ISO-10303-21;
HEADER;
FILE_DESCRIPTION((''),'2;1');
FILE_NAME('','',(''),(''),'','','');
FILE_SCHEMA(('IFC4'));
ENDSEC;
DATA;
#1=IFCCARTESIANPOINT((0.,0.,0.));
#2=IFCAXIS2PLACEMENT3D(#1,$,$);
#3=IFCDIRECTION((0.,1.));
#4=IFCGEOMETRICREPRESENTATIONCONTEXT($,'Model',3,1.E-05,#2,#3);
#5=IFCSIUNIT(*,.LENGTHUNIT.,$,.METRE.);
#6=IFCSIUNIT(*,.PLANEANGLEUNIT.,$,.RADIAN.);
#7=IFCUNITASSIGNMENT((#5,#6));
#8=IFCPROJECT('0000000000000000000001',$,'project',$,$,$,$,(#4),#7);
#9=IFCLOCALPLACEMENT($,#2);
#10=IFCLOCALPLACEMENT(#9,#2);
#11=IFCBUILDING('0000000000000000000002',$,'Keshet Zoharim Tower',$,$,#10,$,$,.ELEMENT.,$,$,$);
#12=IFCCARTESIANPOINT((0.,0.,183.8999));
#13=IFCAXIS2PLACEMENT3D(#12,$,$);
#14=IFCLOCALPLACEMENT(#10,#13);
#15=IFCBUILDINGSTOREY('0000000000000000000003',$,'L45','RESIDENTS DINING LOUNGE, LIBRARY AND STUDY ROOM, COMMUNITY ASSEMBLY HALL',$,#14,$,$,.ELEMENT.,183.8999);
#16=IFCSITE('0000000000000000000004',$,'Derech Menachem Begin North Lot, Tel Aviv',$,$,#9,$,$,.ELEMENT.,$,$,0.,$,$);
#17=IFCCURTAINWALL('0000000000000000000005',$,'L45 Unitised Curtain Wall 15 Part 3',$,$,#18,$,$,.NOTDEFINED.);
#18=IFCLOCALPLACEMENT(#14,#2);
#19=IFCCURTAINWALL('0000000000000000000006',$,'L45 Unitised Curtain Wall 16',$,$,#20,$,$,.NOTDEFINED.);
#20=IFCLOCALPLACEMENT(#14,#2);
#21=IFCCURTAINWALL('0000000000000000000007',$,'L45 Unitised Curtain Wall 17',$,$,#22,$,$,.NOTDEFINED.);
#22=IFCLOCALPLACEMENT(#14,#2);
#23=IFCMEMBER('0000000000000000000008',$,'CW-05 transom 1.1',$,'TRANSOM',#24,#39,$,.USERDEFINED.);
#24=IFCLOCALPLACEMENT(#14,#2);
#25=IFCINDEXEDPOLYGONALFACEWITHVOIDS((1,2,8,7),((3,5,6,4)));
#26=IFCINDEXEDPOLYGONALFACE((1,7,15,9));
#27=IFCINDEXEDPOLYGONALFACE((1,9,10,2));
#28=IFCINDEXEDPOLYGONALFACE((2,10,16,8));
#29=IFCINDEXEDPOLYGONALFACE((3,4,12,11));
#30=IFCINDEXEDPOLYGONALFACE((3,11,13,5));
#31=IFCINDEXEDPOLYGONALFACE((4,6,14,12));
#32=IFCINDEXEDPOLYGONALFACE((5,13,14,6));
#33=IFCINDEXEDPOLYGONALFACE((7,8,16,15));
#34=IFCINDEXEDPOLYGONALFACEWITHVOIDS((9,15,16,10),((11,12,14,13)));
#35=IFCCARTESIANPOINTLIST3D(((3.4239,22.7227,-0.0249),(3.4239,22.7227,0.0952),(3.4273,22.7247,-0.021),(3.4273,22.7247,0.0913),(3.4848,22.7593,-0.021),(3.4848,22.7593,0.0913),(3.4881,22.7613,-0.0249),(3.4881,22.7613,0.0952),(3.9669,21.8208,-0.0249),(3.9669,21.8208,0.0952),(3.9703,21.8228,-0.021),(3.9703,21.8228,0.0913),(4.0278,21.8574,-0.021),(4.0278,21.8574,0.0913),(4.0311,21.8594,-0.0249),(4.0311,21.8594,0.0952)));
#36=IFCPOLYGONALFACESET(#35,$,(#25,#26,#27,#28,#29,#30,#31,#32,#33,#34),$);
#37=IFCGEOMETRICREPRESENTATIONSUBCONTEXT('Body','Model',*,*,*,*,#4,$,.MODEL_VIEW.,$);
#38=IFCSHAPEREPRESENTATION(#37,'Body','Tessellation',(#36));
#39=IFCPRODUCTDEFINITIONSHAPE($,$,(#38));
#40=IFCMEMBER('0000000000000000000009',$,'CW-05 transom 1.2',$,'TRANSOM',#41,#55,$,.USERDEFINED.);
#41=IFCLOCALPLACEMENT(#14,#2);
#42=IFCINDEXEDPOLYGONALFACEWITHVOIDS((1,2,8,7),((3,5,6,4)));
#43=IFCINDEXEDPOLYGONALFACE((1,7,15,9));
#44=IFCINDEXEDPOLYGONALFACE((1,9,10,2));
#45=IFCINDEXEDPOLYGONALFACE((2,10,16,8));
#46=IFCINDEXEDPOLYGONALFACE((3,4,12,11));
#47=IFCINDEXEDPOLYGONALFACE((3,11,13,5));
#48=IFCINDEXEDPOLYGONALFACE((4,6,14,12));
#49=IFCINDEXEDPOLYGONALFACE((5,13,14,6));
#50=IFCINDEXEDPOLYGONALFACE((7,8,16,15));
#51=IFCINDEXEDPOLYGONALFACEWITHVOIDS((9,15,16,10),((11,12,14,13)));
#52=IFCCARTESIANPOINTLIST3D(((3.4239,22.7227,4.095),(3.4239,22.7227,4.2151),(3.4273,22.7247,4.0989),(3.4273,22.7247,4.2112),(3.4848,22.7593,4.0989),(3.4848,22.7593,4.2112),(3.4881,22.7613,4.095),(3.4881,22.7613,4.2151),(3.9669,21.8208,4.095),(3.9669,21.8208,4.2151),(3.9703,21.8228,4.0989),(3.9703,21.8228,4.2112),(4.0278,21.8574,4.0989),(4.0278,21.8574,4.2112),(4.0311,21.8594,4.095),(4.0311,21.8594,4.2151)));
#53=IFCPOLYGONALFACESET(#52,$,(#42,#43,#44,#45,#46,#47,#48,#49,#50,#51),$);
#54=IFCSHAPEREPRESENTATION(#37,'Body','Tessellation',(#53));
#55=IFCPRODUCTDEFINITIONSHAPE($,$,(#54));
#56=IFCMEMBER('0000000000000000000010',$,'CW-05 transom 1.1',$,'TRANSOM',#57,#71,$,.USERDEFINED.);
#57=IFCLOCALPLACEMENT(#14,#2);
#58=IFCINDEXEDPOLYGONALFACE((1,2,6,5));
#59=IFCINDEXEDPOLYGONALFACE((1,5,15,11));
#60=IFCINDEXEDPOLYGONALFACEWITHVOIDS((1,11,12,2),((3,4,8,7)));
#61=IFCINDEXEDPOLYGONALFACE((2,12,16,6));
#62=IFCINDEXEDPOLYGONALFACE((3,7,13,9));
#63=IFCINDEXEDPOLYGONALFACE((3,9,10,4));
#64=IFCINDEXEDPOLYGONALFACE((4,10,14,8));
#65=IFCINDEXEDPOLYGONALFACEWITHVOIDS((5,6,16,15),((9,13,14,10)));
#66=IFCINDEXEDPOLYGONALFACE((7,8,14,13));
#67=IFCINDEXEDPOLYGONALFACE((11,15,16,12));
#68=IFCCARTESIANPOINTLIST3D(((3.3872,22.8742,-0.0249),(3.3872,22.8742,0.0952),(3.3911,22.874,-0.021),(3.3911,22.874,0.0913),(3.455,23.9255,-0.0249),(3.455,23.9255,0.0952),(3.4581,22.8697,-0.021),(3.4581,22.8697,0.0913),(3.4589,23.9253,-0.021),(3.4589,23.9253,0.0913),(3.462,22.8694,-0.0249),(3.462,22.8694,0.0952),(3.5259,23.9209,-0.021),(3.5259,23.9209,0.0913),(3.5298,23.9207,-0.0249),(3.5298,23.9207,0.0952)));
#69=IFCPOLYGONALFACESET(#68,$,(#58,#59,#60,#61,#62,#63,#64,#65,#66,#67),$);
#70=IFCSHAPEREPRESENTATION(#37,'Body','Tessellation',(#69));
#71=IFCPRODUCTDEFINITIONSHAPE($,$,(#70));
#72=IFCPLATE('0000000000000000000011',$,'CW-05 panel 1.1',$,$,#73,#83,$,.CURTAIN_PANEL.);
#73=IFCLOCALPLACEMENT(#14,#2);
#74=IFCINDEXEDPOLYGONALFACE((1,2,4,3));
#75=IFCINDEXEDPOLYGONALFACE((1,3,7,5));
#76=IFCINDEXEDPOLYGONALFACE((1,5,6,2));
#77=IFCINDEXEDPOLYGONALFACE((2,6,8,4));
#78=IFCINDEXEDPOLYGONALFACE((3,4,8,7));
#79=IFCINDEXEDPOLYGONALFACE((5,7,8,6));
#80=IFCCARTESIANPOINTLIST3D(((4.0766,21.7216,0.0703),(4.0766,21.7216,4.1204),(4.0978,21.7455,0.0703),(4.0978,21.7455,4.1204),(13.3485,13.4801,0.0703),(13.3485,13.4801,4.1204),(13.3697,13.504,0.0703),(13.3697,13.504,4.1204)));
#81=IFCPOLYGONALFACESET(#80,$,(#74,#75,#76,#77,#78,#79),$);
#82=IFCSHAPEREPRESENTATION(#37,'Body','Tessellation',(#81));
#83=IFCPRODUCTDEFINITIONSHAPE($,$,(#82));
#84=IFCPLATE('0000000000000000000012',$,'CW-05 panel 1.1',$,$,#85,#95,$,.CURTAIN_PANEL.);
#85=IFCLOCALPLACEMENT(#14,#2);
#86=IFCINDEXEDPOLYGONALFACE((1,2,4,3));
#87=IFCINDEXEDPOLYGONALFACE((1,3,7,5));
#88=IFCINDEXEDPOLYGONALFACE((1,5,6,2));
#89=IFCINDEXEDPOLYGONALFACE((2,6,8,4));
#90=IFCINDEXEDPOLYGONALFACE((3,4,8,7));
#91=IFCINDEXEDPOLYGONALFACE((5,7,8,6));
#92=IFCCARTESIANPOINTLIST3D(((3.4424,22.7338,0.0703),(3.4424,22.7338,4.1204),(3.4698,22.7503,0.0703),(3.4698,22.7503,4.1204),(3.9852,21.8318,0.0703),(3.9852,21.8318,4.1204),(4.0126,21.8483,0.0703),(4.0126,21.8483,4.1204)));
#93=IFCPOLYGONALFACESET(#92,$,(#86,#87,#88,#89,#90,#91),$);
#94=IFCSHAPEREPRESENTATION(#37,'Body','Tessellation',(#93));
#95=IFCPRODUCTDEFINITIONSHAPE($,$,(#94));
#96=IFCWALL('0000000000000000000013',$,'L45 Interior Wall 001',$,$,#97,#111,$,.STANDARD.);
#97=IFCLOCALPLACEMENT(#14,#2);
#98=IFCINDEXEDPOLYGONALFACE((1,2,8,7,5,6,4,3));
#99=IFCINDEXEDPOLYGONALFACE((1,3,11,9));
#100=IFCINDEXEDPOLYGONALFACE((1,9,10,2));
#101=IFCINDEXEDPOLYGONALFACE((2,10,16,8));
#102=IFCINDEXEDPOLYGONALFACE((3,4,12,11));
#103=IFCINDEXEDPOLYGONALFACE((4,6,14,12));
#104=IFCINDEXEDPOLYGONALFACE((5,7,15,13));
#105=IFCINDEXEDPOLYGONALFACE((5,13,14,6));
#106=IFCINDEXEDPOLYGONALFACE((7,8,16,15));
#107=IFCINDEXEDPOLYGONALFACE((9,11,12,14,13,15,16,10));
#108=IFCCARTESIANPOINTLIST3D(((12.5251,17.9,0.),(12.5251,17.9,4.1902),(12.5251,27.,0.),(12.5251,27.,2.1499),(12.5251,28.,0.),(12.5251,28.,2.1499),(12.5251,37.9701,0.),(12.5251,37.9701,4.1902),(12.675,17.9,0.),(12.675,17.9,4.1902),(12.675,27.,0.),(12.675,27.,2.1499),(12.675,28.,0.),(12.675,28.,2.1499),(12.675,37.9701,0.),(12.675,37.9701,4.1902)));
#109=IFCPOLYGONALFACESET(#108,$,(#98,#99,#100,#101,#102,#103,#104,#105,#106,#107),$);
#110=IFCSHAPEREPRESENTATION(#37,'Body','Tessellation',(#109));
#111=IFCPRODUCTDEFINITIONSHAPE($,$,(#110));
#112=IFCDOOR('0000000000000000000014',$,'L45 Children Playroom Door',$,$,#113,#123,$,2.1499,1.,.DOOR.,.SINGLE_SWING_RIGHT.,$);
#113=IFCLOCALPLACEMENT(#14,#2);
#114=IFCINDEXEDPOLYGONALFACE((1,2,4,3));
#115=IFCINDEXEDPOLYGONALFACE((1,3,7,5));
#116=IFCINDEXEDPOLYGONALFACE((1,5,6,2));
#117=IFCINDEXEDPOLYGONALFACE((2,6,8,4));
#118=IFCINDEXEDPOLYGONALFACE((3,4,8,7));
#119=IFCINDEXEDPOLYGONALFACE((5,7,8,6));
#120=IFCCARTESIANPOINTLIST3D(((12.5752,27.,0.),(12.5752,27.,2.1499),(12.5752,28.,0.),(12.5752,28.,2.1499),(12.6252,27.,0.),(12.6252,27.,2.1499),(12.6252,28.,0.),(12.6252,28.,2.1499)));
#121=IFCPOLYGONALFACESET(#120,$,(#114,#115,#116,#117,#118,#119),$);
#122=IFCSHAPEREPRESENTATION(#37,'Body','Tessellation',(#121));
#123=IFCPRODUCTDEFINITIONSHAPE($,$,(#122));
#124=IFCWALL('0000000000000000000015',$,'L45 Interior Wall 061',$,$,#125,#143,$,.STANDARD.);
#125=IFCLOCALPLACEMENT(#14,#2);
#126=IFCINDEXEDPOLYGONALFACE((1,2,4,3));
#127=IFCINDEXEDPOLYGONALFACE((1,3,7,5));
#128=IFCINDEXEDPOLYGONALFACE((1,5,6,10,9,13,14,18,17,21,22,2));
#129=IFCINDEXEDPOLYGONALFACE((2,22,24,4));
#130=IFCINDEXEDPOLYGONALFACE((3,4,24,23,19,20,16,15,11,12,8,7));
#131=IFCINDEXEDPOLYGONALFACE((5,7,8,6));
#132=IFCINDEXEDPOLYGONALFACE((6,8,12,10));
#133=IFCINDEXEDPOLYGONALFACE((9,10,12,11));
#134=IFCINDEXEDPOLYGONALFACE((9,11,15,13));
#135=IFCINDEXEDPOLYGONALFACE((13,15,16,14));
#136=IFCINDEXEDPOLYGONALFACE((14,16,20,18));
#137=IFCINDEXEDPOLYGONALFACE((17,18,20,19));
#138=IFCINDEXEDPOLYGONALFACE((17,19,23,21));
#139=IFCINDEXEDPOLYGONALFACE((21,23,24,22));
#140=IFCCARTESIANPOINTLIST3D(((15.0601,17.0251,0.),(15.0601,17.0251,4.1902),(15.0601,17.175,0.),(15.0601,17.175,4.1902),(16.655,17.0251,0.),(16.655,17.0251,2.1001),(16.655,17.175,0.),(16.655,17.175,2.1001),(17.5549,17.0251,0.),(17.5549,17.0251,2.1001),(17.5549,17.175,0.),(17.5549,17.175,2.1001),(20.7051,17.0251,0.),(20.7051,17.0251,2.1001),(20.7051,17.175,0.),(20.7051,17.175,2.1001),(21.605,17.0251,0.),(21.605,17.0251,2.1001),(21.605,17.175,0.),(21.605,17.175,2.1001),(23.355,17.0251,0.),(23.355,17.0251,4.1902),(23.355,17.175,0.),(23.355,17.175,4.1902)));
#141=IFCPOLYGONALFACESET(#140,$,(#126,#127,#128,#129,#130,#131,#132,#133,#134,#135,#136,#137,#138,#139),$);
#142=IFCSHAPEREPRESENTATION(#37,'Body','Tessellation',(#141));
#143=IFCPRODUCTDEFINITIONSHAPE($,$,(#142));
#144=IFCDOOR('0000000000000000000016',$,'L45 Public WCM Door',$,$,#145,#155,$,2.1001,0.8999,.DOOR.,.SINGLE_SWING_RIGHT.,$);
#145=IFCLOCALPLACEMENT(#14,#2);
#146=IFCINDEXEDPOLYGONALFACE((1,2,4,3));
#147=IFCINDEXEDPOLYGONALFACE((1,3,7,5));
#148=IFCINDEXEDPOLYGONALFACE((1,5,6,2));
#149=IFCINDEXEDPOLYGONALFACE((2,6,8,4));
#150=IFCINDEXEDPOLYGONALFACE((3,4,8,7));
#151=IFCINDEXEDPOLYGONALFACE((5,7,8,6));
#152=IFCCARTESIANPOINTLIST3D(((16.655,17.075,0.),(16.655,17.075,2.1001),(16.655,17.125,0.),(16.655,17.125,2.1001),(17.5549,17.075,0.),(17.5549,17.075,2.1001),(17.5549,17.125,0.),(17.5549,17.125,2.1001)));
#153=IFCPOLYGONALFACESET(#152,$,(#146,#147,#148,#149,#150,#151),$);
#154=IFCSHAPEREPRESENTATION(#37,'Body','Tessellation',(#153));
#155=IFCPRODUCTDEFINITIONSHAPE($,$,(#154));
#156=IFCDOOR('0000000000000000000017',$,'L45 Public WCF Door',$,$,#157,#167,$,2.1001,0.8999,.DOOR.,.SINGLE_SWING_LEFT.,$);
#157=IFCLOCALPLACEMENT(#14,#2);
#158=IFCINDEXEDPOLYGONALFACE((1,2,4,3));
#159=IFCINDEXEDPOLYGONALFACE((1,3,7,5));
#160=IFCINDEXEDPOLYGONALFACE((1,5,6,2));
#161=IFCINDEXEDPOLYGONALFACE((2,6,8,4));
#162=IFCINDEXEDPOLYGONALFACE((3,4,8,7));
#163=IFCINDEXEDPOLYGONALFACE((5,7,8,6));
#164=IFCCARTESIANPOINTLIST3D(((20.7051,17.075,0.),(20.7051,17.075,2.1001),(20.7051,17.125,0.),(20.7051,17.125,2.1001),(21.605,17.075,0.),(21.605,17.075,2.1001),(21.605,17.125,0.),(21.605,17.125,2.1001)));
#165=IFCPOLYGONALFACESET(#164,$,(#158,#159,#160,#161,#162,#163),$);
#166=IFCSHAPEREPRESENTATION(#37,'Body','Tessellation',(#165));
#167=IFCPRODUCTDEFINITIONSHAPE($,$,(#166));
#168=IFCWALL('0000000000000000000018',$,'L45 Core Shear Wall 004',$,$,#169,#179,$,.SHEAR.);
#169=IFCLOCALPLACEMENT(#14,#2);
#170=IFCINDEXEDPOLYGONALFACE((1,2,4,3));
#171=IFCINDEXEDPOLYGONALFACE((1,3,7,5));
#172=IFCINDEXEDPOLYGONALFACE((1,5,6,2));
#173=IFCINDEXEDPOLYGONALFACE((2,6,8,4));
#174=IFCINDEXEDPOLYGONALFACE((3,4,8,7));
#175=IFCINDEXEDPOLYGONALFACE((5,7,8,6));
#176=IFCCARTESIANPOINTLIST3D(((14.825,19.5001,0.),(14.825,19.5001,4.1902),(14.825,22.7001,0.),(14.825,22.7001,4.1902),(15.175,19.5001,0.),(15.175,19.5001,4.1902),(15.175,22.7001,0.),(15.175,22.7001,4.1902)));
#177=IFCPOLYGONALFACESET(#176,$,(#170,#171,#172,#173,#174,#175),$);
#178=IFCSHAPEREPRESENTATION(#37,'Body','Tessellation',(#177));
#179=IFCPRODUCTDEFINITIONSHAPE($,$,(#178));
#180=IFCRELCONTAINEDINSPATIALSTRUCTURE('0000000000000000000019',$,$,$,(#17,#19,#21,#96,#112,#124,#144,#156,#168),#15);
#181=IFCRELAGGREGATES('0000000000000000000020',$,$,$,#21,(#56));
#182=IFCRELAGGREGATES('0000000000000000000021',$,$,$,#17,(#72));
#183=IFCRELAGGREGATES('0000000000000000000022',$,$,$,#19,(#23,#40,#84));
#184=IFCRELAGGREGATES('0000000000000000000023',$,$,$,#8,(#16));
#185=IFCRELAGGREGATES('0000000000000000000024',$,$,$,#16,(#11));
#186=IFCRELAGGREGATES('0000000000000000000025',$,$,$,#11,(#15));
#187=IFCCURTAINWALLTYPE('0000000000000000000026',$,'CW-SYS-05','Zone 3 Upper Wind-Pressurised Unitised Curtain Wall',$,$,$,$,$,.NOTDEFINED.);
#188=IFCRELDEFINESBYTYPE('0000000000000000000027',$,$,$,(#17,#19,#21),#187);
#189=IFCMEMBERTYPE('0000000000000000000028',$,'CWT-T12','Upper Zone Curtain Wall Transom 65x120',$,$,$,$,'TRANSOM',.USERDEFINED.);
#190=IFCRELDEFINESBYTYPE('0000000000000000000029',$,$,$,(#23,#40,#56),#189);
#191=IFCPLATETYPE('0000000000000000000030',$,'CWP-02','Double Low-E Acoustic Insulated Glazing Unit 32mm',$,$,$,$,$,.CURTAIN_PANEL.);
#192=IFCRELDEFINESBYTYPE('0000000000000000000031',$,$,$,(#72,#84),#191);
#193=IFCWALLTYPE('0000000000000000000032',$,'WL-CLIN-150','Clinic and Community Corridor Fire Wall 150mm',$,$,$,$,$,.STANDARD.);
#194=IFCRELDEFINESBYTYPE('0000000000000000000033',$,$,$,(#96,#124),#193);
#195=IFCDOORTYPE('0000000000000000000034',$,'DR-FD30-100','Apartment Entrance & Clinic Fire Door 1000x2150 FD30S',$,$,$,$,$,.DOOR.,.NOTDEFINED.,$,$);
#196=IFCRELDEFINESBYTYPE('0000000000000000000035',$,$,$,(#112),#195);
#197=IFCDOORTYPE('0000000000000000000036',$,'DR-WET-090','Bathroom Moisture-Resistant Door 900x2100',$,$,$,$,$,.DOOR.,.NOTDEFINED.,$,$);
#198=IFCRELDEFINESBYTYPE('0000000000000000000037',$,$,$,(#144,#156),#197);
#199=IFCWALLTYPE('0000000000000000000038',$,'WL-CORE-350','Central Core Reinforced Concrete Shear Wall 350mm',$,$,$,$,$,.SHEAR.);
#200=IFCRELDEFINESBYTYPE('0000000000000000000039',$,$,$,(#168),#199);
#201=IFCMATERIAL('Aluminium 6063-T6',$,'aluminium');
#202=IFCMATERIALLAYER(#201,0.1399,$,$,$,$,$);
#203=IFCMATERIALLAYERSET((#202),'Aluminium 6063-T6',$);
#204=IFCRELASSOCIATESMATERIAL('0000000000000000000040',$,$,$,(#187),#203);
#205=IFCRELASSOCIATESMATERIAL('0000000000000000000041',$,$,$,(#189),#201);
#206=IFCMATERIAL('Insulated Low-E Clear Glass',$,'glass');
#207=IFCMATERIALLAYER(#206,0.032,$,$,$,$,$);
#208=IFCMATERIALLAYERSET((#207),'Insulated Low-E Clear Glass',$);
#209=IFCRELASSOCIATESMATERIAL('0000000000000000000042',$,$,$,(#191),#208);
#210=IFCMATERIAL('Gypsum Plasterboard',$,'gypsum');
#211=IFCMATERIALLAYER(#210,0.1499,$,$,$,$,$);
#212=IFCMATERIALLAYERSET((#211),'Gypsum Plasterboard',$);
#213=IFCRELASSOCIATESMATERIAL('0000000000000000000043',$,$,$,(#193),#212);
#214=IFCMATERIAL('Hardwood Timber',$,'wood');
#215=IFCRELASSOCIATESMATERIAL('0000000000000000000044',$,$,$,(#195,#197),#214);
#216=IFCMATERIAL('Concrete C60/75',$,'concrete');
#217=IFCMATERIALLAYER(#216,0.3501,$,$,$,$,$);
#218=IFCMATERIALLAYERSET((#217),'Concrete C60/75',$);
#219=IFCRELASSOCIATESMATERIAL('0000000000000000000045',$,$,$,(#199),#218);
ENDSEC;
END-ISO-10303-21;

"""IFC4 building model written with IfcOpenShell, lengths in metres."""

from ifc_helpers import new_model, si_unit, direction, frame, frame_2d, origin, origin_2d, place, context, subcontext, project, spatial, rectangle, hollow_rectangle, extrude, material, layer, layer_set, material_profile, profile_set, type_object, element, fill, aggregate, save


model = new_model("IFC4")

# Units and contexts
model_context = context("Model", 3, precision=1e-05, world=origin(), true_north=direction((0.0, 1.0)))
body_context = subcontext(model_context, "Body", "Model", "MODEL_VIEW")
ifc_project = project(units=[si_unit("LENGTHUNIT", "METRE"), si_unit("PLANEANGLEUNIT", "RADIAN")], contexts=[model_context])

# Site, building, storey
site_placement = place(None, origin())
site = spatial("IfcSite", under=ifc_project, at=site_placement, Name="Derech Menachem Begin North Lot, Tel Aviv", CompositionType="ELEMENT", RefElevation=0.0)
building_placement = place(site_placement, origin())
building = spatial("IfcBuilding", under=site, at=building_placement, Name="Keshet Zoharim Tower", CompositionType="ELEMENT")
storey_placement = place(building_placement, frame((0.0, 0.0, 183.8999)))
storey = spatial("IfcBuildingStorey", under=building, at=storey_placement, Name="L45", Description="RESIDENTS DINING LOUNGE, LIBRARY AND STUDY ROOM, COMMUNITY ASSEMBLY HALL", CompositionType="ELEMENT", Elevation=183.8999)

# Shared definitions
ifc_material_1 = material(Name="Concrete C60/75", Category="concrete")

# Curtain wall
ifc_material_2 = material(Name="Aluminium 6063-T6", Category="aluminium")
ifc_layer_1 = layer(ifc_material_2, 0.1399)
ifc_layer_set_1 = layer_set([ifc_layer_1], Name="Aluminium 6063-T6")
curtain_wall_type = type_object("IfcCurtainWallType", Name="CW-SYS-05", Description="Zone 3 Upper Wind-Pressurised Unitised Curtain Wall", PredefinedType="NOTDEFINED", material=ifc_layer_set_1)
curtain_wall_1_placement = place(storey_placement, origin())
curtain_wall_1 = element("IfcCurtainWall", 1, at=curtain_wall_1_placement, inside=storey, type_object=curtain_wall_type, Name="L45 Unitised Curtain Wall 15 Part 3", PredefinedType="NOTDEFINED")

# Curtain wall
curtain_wall_2_placement = place(storey_placement, origin())
curtain_wall_2 = element("IfcCurtainWall", 2, at=curtain_wall_2_placement, inside=storey, type_object=curtain_wall_type, Name="L45 Unitised Curtain Wall 16", PredefinedType="NOTDEFINED")

# Curtain wall
curtain_wall_3_placement = place(storey_placement, origin())
curtain_wall_3 = element("IfcCurtainWall", 3, at=curtain_wall_3_placement, inside=storey, type_object=curtain_wall_type, Name="L45 Unitised Curtain Wall 17", PredefinedType="NOTDEFINED")

# Members
ifc_material_profile_1 = material_profile(ifc_material_2, hollow_rectangle(XDim=0.075, YDim=0.1201, WallThickness=0.0039, at=origin_2d()), Name="TRN-75x120")
ifc_profile_set_1 = profile_set([ifc_material_profile_1], Name="Aluminium 6063-T6")
member_type_1 = type_object("IfcMemberType", Name="CWT-T12", Description="Upper Zone Curtain Wall Transom 65x120", ElementType="TRANSOM", PredefinedType="USERDEFINED", material=ifc_profile_set_1)
member_1_placement = place(storey_placement, frame((3.999, 21.8401, 0.0352), z_axis=(-0.515791, 0.856714, 0.0), x_axis=(-0.856714, -0.515791, 0.0)))
member_1 = element("IfcMember", 4, at=member_1_placement, type_object=member_type_1, Name="CW-05 transom 1.1", ObjectType="TRANSOM", PredefinedType="USERDEFINED", context=body_context, shape_type="SweptSolid", body=[
    extrude(hollow_rectangle(XDim=0.075, YDim=0.1201, WallThickness=0.0039, at=origin_2d()), origin(), (0.0, 0.0, 1.0), 1.0527),
])
member_2_placement = place(storey_placement, frame((3.999, 21.8401, 4.155), z_axis=(-0.515791, 0.856714, 0.0), x_axis=(-0.856714, -0.515791, 0.0)))
member_2 = element("IfcMember", 5, at=member_2_placement, type_object=member_type_1, Name="CW-05 transom 1.2", ObjectType="TRANSOM", PredefinedType="USERDEFINED", context=body_context, shape_type="SweptSolid", body=[
    extrude(hollow_rectangle(XDim=0.075, YDim=0.1201, WallThickness=0.0039, at=origin_2d()), origin(), (0.0, 0.0, 1.0), 1.0527),
])
member_3_placement = place(storey_placement, frame((3.4246, 22.8718, 0.0352), z_axis=(0.064427, 0.997922, 0.0), x_axis=(-0.997922, 0.064427, 0.0)))
member_3 = element("IfcMember", 6, at=member_3_placement, type_object=member_type_1, Name="CW-05 transom 1.1", ObjectType="TRANSOM", PredefinedType="USERDEFINED", context=body_context, shape_type="SweptSolid", body=[
    extrude(hollow_rectangle(XDim=0.075, YDim=0.1201, WallThickness=0.0039, at=origin_2d()), origin(), (0.0, 0.0, 1.0), 1.0535),
])
aggregate(curtain_wall_3, [member_3])

# Plates
ifc_material_3 = material(Name="Insulated Low-E Clear Glass", Category="glass")
ifc_layer_2 = layer(ifc_material_3, 0.032)
ifc_layer_set_2 = layer_set([ifc_layer_2], Name="Insulated Low-E Clear Glass")
plate_type = type_object("IfcPlateType", Name="CWP-02", Description="Double Low-E Acoustic Insulated Glazing Unit 32mm", PredefinedType="CURTAIN_PANEL", material=ifc_layer_set_2)
plate_1_placement = place(storey_placement, frame((8.7231, 17.6128, 0.0703), z_axis=(0.0, 0.0, 1.0), x_axis=(-0.747413, 0.66436, 0.0)))
plate_1 = element("IfcPlate", 7, at=plate_1_placement, type_object=plate_type, Name="CW-05 panel 1.1", PredefinedType="CURTAIN_PANEL", context=body_context, shape_type="SweptSolid", body=[
    extrude(rectangle(XDim=12.4053, YDim=0.032, at=origin_2d()), origin(), (0.0, 0.0, 1.0), 4.05),
])
aggregate(curtain_wall_1, [plate_1])
plate_2_placement = place(storey_placement, frame((3.7275, 22.291, 0.0703), z_axis=(0.0, 0.0, 1.0), x_axis=(-0.515605, 0.856826, 0.0)))
plate_2 = element("IfcPlate", 8, at=plate_2_placement, type_object=plate_type, Name="CW-05 panel 1.1", PredefinedType="CURTAIN_PANEL", context=body_context, shape_type="SweptSolid", body=[
    extrude(rectangle(XDim=1.0527, YDim=0.032, at=origin_2d()), origin(), (0.0, 0.0, 1.0), 4.05),
])
aggregate(curtain_wall_2, [member_1, member_2, plate_2])

# Wall, opening, door
ifc_material_4 = material(Name="Gypsum Plasterboard", Category="gypsum")
ifc_layer_3 = layer(ifc_material_4, 0.1499)
ifc_layer_set_3 = layer_set([ifc_layer_3], Name="Gypsum Plasterboard")
wall_type_1 = type_object("IfcWallType", Name="WL-CLIN-150", Description="Clinic and Community Corridor Fire Wall 150mm", PredefinedType="STANDARD", material=ifc_layer_set_3)
wall_1_placement = place(storey_placement, frame((12.6001, 17.8999, 0.0), z_axis=(0.0, 0.0, 1.0), x_axis=(0.0, 1.0, 0.0)))
wall_1 = element("IfcWall", 9, at=wall_1_placement, inside=storey, type_object=wall_type_1, Name="L45 Interior Wall 001", PredefinedType="STANDARD", context=body_context, shape_type="SweptSolid", body=[
    extrude(rectangle(XDim=20.0701, YDim=0.1499, at=frame_2d((10.0352, 0.0))), origin(), (0.0, 0.0, 1.0), 4.1902),
])
opening_1_placement = place(wall_1_placement, frame((9.1001, 0.0, 0.0)))
opening_1 = element("IfcOpeningElement", 10, at=opening_1_placement, cuts=wall_1, PredefinedType="OPENING", context=body_context, shape_type="SweptSolid", body=[
    extrude(rectangle(XDim=1.0, YDim=2.1499, at=frame_2d((0.5, 1.075))), frame((0.0, 0.085, 0.0), z_axis=(0.0, -1.0, 0.0), x_axis=(1.0, 0.0, 0.0)), (0.0, 0.0, 1.0), 0.1699),
])
ifc_material_5 = material(Name="Hardwood Timber", Category="wood")
door_type_1 = type_object("IfcDoorType", Name="DR-FD30-100", Description="Apartment Entrance & Clinic Fire Door 1000x2150 FD30S", OperationType="NOTDEFINED", PredefinedType="DOOR", material=ifc_material_5)
door_1_placement = place(opening_1_placement, origin())
door_1 = element("IfcDoor", 11, at=door_1_placement, inside=storey, type_object=door_type_1, Name="L45 Children Playroom Door", OperationType="SINGLE_SWING_RIGHT", OverallHeight=2.1499, OverallWidth=1.0, PredefinedType="DOOR", context=body_context, shape_type="SweptSolid", body=[
    extrude(rectangle(XDim=1.0, YDim=2.1499, at=frame_2d((0.5, 1.075))), frame((0.0, 0.0249, 0.0), z_axis=(0.0, -1.0, 0.0), x_axis=(1.0, 0.0, 0.0)), (0.0, 0.0, 1.0), 0.05),
])
fill(opening_1, door_1)

# Wall, openings, doors
wall_2_placement = place(storey_placement, frame((15.0601, 17.1001, 0.0), z_axis=(0.0, 0.0, 1.0), x_axis=(1.0, 0.0, 0.0)))
wall_2 = element("IfcWall", 12, at=wall_2_placement, inside=storey, type_object=wall_type_1, Name="L45 Interior Wall 061", PredefinedType="STANDARD", context=body_context, shape_type="SweptSolid", body=[
    extrude(rectangle(XDim=8.2949, YDim=0.1499, at=frame_2d((4.1475, 0.0))), origin(), (0.0, 0.0, 1.0), 4.1902),
])
opening_2_placement = place(wall_2_placement, frame((1.595, 0.0, 0.0)))
opening_2 = element("IfcOpeningElement", 13, at=opening_2_placement, cuts=wall_2, PredefinedType="OPENING", context=body_context, shape_type="SweptSolid", body=[
    extrude(rectangle(XDim=0.8999, YDim=2.1001, at=frame_2d((0.45, 1.05))), frame((0.0, 0.085, 0.0), z_axis=(0.0, -1.0, 0.0), x_axis=(1.0, 0.0, 0.0)), (0.0, 0.0, 1.0), 0.1699),
])
opening_3_placement = place(wall_2_placement, frame((5.645, 0.0, 0.0)))
opening_3 = element("IfcOpeningElement", 14, at=opening_3_placement, cuts=wall_2, PredefinedType="OPENING", context=body_context, shape_type="SweptSolid", body=[
    extrude(rectangle(XDim=0.8999, YDim=2.1001, at=frame_2d((0.45, 1.05))), frame((0.0, 0.085, 0.0), z_axis=(0.0, -1.0, 0.0), x_axis=(1.0, 0.0, 0.0)), (0.0, 0.0, 1.0), 0.1699),
])
door_type_2 = type_object("IfcDoorType", Name="DR-WET-090", Description="Bathroom Moisture-Resistant Door 900x2100", OperationType="NOTDEFINED", PredefinedType="DOOR", material=ifc_material_5)
door_2_placement = place(opening_2_placement, origin())
door_2 = element("IfcDoor", 15, at=door_2_placement, inside=storey, type_object=door_type_2, Name="L45 Public WCM Door", OperationType="SINGLE_SWING_RIGHT", OverallHeight=2.1001, OverallWidth=0.8999, PredefinedType="DOOR", context=body_context, shape_type="SweptSolid", body=[
    extrude(rectangle(XDim=0.8999, YDim=2.1001, at=frame_2d((0.45, 1.05))), frame((0.0, 0.0249, 0.0), z_axis=(0.0, -1.0, 0.0), x_axis=(1.0, 0.0, 0.0)), (0.0, 0.0, 1.0), 0.05),
])
fill(opening_2, door_2)
door_3_placement = place(opening_3_placement, origin())
door_3 = element("IfcDoor", 16, at=door_3_placement, inside=storey, type_object=door_type_2, Name="L45 Public WCF Door", OperationType="SINGLE_SWING_LEFT", OverallHeight=2.1001, OverallWidth=0.8999, PredefinedType="DOOR", context=body_context, shape_type="SweptSolid", body=[
    extrude(rectangle(XDim=0.8999, YDim=2.1001, at=frame_2d((0.45, 1.05))), frame((0.0, 0.0249, 0.0), z_axis=(0.0, -1.0, 0.0), x_axis=(1.0, 0.0, 0.0)), (0.0, 0.0, 1.0), 0.05),
])
fill(opening_3, door_3)

# Wall
ifc_layer_4 = layer(ifc_material_1, 0.3501)
ifc_layer_set_4 = layer_set([ifc_layer_4], Name="Concrete C60/75")
wall_type_2 = type_object("IfcWallType", Name="WL-CORE-350", Description="Central Core Reinforced Concrete Shear Wall 350mm", PredefinedType="SHEAR", material=ifc_layer_set_4)
wall_3_placement = place(storey_placement, frame((15.0, 19.5, 0.0), z_axis=(0.0, 0.0, 1.0), x_axis=(0.0, 1.0, 0.0)))
element("IfcWall", 17, at=wall_3_placement, inside=storey, type_object=wall_type_2, Name="L45 Core Shear Wall 004", PredefinedType="SHEAR", context=body_context, shape_type="SweptSolid", body=[
    extrude(rectangle(XDim=3.2, YDim=0.3501, at=frame_2d((1.6001, 0.0))), origin(), (0.0, 0.0, 1.0), 4.1902),
])

save(model, "model.ifc")
